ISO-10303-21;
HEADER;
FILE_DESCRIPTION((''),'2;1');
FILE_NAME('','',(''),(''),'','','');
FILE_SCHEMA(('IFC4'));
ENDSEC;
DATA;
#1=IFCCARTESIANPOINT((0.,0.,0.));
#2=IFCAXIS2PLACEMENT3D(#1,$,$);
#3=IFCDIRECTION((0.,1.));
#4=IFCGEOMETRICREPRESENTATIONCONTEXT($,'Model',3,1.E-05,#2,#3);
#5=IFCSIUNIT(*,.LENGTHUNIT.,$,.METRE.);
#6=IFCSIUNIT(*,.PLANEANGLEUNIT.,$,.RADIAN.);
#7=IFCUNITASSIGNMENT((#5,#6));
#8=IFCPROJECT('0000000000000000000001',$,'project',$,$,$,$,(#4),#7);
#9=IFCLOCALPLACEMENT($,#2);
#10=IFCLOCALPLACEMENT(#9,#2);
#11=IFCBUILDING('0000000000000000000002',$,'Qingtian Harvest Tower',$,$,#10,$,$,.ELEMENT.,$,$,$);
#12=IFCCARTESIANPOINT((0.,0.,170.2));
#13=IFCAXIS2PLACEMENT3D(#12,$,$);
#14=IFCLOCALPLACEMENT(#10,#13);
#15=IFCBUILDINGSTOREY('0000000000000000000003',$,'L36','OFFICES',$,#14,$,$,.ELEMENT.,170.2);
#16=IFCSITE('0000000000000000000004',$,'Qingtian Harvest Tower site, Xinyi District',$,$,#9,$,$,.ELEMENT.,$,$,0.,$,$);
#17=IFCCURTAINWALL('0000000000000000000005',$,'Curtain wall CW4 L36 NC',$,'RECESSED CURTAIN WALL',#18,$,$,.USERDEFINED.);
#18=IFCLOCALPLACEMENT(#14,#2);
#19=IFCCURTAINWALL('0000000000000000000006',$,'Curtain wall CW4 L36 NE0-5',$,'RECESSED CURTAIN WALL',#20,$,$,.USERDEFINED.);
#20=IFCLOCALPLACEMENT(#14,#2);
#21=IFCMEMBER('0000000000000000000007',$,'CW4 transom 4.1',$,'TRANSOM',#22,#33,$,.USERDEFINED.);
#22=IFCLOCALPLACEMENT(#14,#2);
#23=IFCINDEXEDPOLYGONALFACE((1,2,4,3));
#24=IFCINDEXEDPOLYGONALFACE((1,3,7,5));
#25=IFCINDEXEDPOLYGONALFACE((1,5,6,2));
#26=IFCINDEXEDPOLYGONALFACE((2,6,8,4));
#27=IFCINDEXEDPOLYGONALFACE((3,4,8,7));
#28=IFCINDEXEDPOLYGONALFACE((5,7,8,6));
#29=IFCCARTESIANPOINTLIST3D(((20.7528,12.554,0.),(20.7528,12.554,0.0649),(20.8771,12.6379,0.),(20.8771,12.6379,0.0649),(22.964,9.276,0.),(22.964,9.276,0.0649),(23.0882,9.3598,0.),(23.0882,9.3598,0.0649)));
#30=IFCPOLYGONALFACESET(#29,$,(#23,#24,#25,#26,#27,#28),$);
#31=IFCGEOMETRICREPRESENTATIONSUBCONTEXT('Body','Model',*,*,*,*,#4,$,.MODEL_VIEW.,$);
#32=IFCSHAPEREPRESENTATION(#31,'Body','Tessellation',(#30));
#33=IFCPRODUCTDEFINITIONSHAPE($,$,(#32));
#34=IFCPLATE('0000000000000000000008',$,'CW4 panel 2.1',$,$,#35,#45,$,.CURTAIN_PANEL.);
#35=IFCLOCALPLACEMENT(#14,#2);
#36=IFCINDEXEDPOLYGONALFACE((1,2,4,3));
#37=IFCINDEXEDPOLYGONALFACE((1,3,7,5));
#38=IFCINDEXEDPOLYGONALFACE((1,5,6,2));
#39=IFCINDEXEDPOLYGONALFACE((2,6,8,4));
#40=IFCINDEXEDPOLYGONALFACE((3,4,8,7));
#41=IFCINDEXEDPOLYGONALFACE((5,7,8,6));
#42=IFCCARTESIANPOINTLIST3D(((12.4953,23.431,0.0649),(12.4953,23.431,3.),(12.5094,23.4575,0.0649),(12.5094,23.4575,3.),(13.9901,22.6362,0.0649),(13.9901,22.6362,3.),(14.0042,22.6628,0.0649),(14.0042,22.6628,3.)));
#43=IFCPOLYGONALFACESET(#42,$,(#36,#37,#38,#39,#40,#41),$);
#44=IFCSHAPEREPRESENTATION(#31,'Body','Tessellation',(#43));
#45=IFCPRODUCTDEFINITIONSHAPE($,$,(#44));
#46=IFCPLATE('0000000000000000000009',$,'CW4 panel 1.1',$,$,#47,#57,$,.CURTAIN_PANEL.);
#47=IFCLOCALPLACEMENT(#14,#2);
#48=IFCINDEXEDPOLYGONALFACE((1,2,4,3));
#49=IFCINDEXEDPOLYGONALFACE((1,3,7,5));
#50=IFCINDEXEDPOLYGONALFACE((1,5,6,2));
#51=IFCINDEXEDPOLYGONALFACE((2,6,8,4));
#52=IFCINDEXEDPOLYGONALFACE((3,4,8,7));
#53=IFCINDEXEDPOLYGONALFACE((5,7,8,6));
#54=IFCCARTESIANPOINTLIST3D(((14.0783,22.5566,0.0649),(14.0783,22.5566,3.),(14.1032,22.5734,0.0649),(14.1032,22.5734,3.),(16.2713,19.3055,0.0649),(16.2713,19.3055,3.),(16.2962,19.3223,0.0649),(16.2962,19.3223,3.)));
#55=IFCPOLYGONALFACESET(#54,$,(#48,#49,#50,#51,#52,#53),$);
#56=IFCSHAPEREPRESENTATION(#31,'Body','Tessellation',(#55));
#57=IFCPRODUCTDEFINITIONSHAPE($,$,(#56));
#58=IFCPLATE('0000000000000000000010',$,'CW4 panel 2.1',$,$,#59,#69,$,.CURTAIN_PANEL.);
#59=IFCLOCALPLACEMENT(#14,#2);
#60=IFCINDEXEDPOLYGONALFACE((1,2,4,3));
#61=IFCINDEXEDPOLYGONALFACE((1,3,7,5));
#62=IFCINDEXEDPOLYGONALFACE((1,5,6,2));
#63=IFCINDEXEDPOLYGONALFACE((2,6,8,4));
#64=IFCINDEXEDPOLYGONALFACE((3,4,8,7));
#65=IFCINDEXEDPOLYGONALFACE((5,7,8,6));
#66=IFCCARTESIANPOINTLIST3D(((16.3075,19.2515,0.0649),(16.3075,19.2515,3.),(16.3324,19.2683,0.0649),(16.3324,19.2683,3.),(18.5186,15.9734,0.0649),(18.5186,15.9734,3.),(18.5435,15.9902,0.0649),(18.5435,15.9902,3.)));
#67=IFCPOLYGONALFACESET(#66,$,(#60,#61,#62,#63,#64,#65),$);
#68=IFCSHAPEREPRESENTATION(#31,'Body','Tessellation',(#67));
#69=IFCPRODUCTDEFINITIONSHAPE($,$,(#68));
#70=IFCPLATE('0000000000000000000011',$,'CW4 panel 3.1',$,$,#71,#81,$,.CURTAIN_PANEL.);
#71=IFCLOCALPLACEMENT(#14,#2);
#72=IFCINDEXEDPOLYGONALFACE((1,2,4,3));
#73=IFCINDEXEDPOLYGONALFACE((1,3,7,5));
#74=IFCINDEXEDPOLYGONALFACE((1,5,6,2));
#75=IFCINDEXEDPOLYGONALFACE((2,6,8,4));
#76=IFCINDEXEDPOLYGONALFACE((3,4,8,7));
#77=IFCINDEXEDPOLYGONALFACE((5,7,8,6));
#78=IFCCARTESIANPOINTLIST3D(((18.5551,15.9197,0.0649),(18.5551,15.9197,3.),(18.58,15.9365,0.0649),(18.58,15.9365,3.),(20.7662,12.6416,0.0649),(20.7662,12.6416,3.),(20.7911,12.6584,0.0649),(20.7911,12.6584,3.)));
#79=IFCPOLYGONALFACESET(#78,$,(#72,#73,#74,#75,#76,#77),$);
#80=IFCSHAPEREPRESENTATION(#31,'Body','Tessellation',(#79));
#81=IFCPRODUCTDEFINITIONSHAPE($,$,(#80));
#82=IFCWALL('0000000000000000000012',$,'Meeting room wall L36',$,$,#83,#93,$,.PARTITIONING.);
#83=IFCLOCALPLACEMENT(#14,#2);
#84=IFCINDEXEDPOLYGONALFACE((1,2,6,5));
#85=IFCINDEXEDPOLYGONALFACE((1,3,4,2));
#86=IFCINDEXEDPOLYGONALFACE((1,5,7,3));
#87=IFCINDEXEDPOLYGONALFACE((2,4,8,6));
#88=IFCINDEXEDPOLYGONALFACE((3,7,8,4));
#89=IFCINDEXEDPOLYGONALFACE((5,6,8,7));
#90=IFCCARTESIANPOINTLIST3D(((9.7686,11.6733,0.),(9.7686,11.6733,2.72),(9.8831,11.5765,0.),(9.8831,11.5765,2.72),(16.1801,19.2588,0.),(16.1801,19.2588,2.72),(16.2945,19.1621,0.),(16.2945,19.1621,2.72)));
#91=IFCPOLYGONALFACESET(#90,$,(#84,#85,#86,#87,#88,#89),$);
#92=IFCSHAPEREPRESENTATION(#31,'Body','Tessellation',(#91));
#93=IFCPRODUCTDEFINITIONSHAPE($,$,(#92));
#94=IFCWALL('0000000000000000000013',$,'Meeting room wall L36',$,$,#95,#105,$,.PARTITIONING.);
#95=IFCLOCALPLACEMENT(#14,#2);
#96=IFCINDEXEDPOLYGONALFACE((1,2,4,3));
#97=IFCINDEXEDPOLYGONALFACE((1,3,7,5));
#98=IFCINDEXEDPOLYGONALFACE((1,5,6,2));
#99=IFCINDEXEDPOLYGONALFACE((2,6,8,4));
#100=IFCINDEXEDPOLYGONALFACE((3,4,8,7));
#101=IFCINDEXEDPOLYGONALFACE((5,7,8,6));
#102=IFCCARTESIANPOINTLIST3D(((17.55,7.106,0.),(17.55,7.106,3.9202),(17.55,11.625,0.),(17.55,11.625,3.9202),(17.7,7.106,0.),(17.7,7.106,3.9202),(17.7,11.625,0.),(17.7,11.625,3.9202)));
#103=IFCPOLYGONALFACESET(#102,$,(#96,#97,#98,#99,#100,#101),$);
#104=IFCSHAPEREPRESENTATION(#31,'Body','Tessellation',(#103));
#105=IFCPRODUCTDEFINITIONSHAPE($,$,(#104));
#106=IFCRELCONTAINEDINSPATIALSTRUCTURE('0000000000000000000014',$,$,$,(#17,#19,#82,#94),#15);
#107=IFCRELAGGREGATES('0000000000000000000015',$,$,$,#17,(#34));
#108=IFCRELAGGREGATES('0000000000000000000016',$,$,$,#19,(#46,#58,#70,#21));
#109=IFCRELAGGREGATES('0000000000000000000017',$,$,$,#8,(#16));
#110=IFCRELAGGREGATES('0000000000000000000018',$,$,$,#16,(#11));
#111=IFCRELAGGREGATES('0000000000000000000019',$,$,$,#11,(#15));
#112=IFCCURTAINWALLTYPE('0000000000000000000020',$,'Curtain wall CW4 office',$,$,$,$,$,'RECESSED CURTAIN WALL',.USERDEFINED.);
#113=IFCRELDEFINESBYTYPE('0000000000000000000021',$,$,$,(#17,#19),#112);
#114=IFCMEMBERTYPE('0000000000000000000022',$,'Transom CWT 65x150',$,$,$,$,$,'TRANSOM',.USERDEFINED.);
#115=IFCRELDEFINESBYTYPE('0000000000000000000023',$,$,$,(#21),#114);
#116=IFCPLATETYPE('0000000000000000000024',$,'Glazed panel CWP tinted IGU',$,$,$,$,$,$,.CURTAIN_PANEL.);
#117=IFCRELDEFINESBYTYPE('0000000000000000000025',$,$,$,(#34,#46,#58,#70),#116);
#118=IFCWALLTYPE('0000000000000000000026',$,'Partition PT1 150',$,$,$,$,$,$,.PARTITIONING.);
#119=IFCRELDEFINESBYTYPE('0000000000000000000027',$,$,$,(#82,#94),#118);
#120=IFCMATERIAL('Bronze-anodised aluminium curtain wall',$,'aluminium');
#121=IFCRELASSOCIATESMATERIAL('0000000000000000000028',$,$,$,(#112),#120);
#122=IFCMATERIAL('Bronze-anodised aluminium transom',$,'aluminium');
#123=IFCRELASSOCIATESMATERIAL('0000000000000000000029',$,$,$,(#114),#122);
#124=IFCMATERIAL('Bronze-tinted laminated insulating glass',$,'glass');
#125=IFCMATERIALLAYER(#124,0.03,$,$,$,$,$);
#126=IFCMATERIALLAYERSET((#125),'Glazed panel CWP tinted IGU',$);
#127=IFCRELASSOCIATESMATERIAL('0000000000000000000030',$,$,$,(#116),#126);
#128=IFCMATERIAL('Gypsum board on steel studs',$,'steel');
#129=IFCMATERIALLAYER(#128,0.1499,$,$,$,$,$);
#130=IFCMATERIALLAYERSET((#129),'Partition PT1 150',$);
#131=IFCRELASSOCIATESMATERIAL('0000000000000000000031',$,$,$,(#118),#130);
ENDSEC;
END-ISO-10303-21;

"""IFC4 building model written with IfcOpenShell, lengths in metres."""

from ifc_helpers import new_model, si_unit, direction, frame, frame_2d, origin, origin_2d, place, context, subcontext, project, spatial, rectangle, extrude, material, layer, layer_set, material_profile, profile_set, type_object, element, aggregate, save


model = new_model("IFC4")

# Units and contexts
model_context = context("Model", 3, precision=1e-05, world=origin(), true_north=direction((0.0, 1.0)))
body_context = subcontext(model_context, "Body", "Model", "MODEL_VIEW")
ifc_project = project(units=[si_unit("LENGTHUNIT", "METRE"), si_unit("PLANEANGLEUNIT", "RADIAN")], contexts=[model_context])

# Site, building, storey
site_placement = place(None, origin())
site = spatial("IfcSite", under=ifc_project, at=site_placement, Name="Qingtian Harvest Tower site, Xinyi District", CompositionType="ELEMENT", RefElevation=0.0)
building_placement = place(site_placement, origin())
building = spatial("IfcBuilding", under=site, at=building_placement, Name="Qingtian Harvest Tower", CompositionType="ELEMENT")
storey_placement = place(building_placement, frame((0.0, 0.0, 170.2)))
storey = spatial("IfcBuildingStorey", under=building, at=storey_placement, Name="L36", Description="OFFICES", CompositionType="ELEMENT", Elevation=170.2)

# Curtain wall
ifc_material_1 = material(Name="Bronze-anodised aluminium curtain wall", Category="aluminium")
curtain_wall_type = type_object("IfcCurtainWallType", Name="Curtain wall CW4 office", ElementType="RECESSED CURTAIN WALL", PredefinedType="USERDEFINED", material=ifc_material_1)
curtain_wall_1_placement = place(storey_placement, origin())
curtain_wall_1 = element("IfcCurtainWall", 1, at=curtain_wall_1_placement, inside=storey, type_object=curtain_wall_type, Name="Curtain wall CW4 L36 NC", ObjectType="RECESSED CURTAIN WALL", PredefinedType="USERDEFINED")

# Curtain wall
curtain_wall_2_placement = place(storey_placement, origin())
curtain_wall_2 = element("IfcCurtainWall", 2, at=curtain_wall_2_placement, inside=storey, type_object=curtain_wall_type, Name="Curtain wall CW4 L36 NE0-5", ObjectType="RECESSED CURTAIN WALL", PredefinedType="USERDEFINED")

# Member
ifc_material_2 = material(Name="Bronze-anodised aluminium transom", Category="aluminium")
ifc_material_profile_1 = material_profile(ifc_material_2, rectangle(XDim=0.1499, YDim=0.0649, at=origin_2d()), Name="AL 65x150")
ifc_profile_set_1 = profile_set([ifc_material_profile_1], Name="Bronze-anodised aluminium transom")
member_type_1 = type_object("IfcMemberType", Name="Transom CWT 65x150", ElementType="TRANSOM", PredefinedType="USERDEFINED", material=ifc_profile_set_1)
member_1_placement = place(storey_placement, frame((20.8149, 12.5959, 0.0325), z_axis=(0.559209, -0.829027, 0.0), x_axis=(0.829027, 0.559209, 0.0)))
member_1 = element("IfcMember", 3, at=member_1_placement, type_object=member_type_1, Name="CW4 transom 4.1", ObjectType="TRANSOM", PredefinedType="USERDEFINED", context=body_context, shape_type="SweptSolid", body=[
    extrude(rectangle(XDim=0.1499, YDim=0.0649, at=origin_2d()), origin(), (0.0, 0.0, 1.0), 3.9541),
])

# Plates
ifc_material_3 = material(Name="Bronze-tinted laminated insulating glass", Category="glass")
ifc_layer_1 = layer(ifc_material_3, 0.03)
ifc_layer_set_1 = layer_set([ifc_layer_1], Name="Glazed panel CWP tinted IGU")
plate_type = type_object("IfcPlateType", Name="Glazed panel CWP tinted IGU", PredefinedType="CURTAIN_PANEL", material=ifc_layer_set_1)
plate_1_placement = place(storey_placement, frame((13.2498, 23.0469, 0.0649), z_axis=(0.0, 0.0, 1.0), x_axis=(0.882948, -0.469472, 0.0)))
plate_1 = element("IfcPlate", 4, at=plate_1_placement, type_object=plate_type, Name="CW4 panel 2.1", PredefinedType="CURTAIN_PANEL", context=body_context, shape_type="SweptSolid", body=[
    extrude(rectangle(XDim=1.6929, YDim=0.03, at=origin_2d()), origin(), (0.0, 0.0, 1.0), 2.9351),
])
aggregate(curtain_wall_1, [plate_1])
plate_2_placement = place(storey_placement, frame((15.1873, 20.9395, 0.0649), z_axis=(0.0, 0.0, 1.0), x_axis=(0.559193, -0.829038, 0.0)))
plate_2 = element("IfcPlate", 5, at=plate_2_placement, type_object=plate_type, Name="CW4 panel 1.1", PredefinedType="CURTAIN_PANEL", context=body_context, shape_type="SweptSolid", body=[
    extrude(rectangle(XDim=3.9216, YDim=0.03, at=origin_2d()), origin(), (0.0, 0.0, 1.0), 2.9351),
])
plate_3_placement = place(storey_placement, frame((17.4255, 17.6208, 0.0649), z_axis=(0.0, 0.0, 1.0), x_axis=(0.559193, -0.829038, 0.0)))
plate_3 = element("IfcPlate", 6, at=plate_3_placement, type_object=plate_type, Name="CW4 panel 2.1", PredefinedType="CURTAIN_PANEL", context=body_context, shape_type="SweptSolid", body=[
    extrude(rectangle(XDim=3.9541, YDim=0.03, at=origin_2d()), origin(), (0.0, 0.0, 1.0), 2.9351),
])
plate_4_placement = place(storey_placement, frame((19.6731, 14.2891, 0.0649), z_axis=(0.0, 0.0, 1.0), x_axis=(0.559193, -0.829038, 0.0)))
plate_4 = element("IfcPlate", 7, at=plate_4_placement, type_object=plate_type, Name="CW4 panel 3.1", PredefinedType="CURTAIN_PANEL", context=body_context, shape_type="SweptSolid", body=[
    extrude(rectangle(XDim=3.9541, YDim=0.03, at=origin_2d()), origin(), (0.0, 0.0, 1.0), 2.9351),
])
aggregate(curtain_wall_2, [plate_2, plate_3, plate_4, member_1])

# Walls
ifc_material_4 = material(Name="Gypsum board on steel studs", Category="steel")
ifc_layer_2 = layer(ifc_material_4, 0.1499)
ifc_layer_set_2 = layer_set([ifc_layer_2], Name="Partition PT1 150")
wall_type = type_object("IfcWallType", Name="Partition PT1 150", PredefinedType="PARTITIONING", material=ifc_layer_set_2)
wall_1_placement = place(storey_placement, frame((16.2373, 19.2104, 0.0), z_axis=(0.0, 0.0, 1.0), x_axis=(-0.645527, -0.763738, 0.0)))
element("IfcWall", 8, at=wall_1_placement, inside=storey, type_object=wall_type, Name="Meeting room wall L36", PredefinedType="PARTITIONING", context=body_context, shape_type="SweptSolid", body=[
    extrude(rectangle(XDim=9.9321, YDim=0.1499, at=frame_2d((4.9661, 0.0))), origin(), (0.0, 0.0, 1.0), 2.72),
])
wall_2_placement = place(storey_placement, frame((17.625, 11.625, 0.0), z_axis=(0.0, 0.0, 1.0), x_axis=(0.0, -1.0, 0.0)))
element("IfcWall", 9, at=wall_2_placement, inside=storey, type_object=wall_type, Name="Meeting room wall L36", PredefinedType="PARTITIONING", context=body_context, shape_type="SweptSolid", body=[
    extrude(rectangle(XDim=4.519, YDim=0.1499, at=frame_2d((2.2595, 0.0))), origin(), (0.0, 0.0, 1.0), 3.9202),
])

save(model, "model.ifc")
